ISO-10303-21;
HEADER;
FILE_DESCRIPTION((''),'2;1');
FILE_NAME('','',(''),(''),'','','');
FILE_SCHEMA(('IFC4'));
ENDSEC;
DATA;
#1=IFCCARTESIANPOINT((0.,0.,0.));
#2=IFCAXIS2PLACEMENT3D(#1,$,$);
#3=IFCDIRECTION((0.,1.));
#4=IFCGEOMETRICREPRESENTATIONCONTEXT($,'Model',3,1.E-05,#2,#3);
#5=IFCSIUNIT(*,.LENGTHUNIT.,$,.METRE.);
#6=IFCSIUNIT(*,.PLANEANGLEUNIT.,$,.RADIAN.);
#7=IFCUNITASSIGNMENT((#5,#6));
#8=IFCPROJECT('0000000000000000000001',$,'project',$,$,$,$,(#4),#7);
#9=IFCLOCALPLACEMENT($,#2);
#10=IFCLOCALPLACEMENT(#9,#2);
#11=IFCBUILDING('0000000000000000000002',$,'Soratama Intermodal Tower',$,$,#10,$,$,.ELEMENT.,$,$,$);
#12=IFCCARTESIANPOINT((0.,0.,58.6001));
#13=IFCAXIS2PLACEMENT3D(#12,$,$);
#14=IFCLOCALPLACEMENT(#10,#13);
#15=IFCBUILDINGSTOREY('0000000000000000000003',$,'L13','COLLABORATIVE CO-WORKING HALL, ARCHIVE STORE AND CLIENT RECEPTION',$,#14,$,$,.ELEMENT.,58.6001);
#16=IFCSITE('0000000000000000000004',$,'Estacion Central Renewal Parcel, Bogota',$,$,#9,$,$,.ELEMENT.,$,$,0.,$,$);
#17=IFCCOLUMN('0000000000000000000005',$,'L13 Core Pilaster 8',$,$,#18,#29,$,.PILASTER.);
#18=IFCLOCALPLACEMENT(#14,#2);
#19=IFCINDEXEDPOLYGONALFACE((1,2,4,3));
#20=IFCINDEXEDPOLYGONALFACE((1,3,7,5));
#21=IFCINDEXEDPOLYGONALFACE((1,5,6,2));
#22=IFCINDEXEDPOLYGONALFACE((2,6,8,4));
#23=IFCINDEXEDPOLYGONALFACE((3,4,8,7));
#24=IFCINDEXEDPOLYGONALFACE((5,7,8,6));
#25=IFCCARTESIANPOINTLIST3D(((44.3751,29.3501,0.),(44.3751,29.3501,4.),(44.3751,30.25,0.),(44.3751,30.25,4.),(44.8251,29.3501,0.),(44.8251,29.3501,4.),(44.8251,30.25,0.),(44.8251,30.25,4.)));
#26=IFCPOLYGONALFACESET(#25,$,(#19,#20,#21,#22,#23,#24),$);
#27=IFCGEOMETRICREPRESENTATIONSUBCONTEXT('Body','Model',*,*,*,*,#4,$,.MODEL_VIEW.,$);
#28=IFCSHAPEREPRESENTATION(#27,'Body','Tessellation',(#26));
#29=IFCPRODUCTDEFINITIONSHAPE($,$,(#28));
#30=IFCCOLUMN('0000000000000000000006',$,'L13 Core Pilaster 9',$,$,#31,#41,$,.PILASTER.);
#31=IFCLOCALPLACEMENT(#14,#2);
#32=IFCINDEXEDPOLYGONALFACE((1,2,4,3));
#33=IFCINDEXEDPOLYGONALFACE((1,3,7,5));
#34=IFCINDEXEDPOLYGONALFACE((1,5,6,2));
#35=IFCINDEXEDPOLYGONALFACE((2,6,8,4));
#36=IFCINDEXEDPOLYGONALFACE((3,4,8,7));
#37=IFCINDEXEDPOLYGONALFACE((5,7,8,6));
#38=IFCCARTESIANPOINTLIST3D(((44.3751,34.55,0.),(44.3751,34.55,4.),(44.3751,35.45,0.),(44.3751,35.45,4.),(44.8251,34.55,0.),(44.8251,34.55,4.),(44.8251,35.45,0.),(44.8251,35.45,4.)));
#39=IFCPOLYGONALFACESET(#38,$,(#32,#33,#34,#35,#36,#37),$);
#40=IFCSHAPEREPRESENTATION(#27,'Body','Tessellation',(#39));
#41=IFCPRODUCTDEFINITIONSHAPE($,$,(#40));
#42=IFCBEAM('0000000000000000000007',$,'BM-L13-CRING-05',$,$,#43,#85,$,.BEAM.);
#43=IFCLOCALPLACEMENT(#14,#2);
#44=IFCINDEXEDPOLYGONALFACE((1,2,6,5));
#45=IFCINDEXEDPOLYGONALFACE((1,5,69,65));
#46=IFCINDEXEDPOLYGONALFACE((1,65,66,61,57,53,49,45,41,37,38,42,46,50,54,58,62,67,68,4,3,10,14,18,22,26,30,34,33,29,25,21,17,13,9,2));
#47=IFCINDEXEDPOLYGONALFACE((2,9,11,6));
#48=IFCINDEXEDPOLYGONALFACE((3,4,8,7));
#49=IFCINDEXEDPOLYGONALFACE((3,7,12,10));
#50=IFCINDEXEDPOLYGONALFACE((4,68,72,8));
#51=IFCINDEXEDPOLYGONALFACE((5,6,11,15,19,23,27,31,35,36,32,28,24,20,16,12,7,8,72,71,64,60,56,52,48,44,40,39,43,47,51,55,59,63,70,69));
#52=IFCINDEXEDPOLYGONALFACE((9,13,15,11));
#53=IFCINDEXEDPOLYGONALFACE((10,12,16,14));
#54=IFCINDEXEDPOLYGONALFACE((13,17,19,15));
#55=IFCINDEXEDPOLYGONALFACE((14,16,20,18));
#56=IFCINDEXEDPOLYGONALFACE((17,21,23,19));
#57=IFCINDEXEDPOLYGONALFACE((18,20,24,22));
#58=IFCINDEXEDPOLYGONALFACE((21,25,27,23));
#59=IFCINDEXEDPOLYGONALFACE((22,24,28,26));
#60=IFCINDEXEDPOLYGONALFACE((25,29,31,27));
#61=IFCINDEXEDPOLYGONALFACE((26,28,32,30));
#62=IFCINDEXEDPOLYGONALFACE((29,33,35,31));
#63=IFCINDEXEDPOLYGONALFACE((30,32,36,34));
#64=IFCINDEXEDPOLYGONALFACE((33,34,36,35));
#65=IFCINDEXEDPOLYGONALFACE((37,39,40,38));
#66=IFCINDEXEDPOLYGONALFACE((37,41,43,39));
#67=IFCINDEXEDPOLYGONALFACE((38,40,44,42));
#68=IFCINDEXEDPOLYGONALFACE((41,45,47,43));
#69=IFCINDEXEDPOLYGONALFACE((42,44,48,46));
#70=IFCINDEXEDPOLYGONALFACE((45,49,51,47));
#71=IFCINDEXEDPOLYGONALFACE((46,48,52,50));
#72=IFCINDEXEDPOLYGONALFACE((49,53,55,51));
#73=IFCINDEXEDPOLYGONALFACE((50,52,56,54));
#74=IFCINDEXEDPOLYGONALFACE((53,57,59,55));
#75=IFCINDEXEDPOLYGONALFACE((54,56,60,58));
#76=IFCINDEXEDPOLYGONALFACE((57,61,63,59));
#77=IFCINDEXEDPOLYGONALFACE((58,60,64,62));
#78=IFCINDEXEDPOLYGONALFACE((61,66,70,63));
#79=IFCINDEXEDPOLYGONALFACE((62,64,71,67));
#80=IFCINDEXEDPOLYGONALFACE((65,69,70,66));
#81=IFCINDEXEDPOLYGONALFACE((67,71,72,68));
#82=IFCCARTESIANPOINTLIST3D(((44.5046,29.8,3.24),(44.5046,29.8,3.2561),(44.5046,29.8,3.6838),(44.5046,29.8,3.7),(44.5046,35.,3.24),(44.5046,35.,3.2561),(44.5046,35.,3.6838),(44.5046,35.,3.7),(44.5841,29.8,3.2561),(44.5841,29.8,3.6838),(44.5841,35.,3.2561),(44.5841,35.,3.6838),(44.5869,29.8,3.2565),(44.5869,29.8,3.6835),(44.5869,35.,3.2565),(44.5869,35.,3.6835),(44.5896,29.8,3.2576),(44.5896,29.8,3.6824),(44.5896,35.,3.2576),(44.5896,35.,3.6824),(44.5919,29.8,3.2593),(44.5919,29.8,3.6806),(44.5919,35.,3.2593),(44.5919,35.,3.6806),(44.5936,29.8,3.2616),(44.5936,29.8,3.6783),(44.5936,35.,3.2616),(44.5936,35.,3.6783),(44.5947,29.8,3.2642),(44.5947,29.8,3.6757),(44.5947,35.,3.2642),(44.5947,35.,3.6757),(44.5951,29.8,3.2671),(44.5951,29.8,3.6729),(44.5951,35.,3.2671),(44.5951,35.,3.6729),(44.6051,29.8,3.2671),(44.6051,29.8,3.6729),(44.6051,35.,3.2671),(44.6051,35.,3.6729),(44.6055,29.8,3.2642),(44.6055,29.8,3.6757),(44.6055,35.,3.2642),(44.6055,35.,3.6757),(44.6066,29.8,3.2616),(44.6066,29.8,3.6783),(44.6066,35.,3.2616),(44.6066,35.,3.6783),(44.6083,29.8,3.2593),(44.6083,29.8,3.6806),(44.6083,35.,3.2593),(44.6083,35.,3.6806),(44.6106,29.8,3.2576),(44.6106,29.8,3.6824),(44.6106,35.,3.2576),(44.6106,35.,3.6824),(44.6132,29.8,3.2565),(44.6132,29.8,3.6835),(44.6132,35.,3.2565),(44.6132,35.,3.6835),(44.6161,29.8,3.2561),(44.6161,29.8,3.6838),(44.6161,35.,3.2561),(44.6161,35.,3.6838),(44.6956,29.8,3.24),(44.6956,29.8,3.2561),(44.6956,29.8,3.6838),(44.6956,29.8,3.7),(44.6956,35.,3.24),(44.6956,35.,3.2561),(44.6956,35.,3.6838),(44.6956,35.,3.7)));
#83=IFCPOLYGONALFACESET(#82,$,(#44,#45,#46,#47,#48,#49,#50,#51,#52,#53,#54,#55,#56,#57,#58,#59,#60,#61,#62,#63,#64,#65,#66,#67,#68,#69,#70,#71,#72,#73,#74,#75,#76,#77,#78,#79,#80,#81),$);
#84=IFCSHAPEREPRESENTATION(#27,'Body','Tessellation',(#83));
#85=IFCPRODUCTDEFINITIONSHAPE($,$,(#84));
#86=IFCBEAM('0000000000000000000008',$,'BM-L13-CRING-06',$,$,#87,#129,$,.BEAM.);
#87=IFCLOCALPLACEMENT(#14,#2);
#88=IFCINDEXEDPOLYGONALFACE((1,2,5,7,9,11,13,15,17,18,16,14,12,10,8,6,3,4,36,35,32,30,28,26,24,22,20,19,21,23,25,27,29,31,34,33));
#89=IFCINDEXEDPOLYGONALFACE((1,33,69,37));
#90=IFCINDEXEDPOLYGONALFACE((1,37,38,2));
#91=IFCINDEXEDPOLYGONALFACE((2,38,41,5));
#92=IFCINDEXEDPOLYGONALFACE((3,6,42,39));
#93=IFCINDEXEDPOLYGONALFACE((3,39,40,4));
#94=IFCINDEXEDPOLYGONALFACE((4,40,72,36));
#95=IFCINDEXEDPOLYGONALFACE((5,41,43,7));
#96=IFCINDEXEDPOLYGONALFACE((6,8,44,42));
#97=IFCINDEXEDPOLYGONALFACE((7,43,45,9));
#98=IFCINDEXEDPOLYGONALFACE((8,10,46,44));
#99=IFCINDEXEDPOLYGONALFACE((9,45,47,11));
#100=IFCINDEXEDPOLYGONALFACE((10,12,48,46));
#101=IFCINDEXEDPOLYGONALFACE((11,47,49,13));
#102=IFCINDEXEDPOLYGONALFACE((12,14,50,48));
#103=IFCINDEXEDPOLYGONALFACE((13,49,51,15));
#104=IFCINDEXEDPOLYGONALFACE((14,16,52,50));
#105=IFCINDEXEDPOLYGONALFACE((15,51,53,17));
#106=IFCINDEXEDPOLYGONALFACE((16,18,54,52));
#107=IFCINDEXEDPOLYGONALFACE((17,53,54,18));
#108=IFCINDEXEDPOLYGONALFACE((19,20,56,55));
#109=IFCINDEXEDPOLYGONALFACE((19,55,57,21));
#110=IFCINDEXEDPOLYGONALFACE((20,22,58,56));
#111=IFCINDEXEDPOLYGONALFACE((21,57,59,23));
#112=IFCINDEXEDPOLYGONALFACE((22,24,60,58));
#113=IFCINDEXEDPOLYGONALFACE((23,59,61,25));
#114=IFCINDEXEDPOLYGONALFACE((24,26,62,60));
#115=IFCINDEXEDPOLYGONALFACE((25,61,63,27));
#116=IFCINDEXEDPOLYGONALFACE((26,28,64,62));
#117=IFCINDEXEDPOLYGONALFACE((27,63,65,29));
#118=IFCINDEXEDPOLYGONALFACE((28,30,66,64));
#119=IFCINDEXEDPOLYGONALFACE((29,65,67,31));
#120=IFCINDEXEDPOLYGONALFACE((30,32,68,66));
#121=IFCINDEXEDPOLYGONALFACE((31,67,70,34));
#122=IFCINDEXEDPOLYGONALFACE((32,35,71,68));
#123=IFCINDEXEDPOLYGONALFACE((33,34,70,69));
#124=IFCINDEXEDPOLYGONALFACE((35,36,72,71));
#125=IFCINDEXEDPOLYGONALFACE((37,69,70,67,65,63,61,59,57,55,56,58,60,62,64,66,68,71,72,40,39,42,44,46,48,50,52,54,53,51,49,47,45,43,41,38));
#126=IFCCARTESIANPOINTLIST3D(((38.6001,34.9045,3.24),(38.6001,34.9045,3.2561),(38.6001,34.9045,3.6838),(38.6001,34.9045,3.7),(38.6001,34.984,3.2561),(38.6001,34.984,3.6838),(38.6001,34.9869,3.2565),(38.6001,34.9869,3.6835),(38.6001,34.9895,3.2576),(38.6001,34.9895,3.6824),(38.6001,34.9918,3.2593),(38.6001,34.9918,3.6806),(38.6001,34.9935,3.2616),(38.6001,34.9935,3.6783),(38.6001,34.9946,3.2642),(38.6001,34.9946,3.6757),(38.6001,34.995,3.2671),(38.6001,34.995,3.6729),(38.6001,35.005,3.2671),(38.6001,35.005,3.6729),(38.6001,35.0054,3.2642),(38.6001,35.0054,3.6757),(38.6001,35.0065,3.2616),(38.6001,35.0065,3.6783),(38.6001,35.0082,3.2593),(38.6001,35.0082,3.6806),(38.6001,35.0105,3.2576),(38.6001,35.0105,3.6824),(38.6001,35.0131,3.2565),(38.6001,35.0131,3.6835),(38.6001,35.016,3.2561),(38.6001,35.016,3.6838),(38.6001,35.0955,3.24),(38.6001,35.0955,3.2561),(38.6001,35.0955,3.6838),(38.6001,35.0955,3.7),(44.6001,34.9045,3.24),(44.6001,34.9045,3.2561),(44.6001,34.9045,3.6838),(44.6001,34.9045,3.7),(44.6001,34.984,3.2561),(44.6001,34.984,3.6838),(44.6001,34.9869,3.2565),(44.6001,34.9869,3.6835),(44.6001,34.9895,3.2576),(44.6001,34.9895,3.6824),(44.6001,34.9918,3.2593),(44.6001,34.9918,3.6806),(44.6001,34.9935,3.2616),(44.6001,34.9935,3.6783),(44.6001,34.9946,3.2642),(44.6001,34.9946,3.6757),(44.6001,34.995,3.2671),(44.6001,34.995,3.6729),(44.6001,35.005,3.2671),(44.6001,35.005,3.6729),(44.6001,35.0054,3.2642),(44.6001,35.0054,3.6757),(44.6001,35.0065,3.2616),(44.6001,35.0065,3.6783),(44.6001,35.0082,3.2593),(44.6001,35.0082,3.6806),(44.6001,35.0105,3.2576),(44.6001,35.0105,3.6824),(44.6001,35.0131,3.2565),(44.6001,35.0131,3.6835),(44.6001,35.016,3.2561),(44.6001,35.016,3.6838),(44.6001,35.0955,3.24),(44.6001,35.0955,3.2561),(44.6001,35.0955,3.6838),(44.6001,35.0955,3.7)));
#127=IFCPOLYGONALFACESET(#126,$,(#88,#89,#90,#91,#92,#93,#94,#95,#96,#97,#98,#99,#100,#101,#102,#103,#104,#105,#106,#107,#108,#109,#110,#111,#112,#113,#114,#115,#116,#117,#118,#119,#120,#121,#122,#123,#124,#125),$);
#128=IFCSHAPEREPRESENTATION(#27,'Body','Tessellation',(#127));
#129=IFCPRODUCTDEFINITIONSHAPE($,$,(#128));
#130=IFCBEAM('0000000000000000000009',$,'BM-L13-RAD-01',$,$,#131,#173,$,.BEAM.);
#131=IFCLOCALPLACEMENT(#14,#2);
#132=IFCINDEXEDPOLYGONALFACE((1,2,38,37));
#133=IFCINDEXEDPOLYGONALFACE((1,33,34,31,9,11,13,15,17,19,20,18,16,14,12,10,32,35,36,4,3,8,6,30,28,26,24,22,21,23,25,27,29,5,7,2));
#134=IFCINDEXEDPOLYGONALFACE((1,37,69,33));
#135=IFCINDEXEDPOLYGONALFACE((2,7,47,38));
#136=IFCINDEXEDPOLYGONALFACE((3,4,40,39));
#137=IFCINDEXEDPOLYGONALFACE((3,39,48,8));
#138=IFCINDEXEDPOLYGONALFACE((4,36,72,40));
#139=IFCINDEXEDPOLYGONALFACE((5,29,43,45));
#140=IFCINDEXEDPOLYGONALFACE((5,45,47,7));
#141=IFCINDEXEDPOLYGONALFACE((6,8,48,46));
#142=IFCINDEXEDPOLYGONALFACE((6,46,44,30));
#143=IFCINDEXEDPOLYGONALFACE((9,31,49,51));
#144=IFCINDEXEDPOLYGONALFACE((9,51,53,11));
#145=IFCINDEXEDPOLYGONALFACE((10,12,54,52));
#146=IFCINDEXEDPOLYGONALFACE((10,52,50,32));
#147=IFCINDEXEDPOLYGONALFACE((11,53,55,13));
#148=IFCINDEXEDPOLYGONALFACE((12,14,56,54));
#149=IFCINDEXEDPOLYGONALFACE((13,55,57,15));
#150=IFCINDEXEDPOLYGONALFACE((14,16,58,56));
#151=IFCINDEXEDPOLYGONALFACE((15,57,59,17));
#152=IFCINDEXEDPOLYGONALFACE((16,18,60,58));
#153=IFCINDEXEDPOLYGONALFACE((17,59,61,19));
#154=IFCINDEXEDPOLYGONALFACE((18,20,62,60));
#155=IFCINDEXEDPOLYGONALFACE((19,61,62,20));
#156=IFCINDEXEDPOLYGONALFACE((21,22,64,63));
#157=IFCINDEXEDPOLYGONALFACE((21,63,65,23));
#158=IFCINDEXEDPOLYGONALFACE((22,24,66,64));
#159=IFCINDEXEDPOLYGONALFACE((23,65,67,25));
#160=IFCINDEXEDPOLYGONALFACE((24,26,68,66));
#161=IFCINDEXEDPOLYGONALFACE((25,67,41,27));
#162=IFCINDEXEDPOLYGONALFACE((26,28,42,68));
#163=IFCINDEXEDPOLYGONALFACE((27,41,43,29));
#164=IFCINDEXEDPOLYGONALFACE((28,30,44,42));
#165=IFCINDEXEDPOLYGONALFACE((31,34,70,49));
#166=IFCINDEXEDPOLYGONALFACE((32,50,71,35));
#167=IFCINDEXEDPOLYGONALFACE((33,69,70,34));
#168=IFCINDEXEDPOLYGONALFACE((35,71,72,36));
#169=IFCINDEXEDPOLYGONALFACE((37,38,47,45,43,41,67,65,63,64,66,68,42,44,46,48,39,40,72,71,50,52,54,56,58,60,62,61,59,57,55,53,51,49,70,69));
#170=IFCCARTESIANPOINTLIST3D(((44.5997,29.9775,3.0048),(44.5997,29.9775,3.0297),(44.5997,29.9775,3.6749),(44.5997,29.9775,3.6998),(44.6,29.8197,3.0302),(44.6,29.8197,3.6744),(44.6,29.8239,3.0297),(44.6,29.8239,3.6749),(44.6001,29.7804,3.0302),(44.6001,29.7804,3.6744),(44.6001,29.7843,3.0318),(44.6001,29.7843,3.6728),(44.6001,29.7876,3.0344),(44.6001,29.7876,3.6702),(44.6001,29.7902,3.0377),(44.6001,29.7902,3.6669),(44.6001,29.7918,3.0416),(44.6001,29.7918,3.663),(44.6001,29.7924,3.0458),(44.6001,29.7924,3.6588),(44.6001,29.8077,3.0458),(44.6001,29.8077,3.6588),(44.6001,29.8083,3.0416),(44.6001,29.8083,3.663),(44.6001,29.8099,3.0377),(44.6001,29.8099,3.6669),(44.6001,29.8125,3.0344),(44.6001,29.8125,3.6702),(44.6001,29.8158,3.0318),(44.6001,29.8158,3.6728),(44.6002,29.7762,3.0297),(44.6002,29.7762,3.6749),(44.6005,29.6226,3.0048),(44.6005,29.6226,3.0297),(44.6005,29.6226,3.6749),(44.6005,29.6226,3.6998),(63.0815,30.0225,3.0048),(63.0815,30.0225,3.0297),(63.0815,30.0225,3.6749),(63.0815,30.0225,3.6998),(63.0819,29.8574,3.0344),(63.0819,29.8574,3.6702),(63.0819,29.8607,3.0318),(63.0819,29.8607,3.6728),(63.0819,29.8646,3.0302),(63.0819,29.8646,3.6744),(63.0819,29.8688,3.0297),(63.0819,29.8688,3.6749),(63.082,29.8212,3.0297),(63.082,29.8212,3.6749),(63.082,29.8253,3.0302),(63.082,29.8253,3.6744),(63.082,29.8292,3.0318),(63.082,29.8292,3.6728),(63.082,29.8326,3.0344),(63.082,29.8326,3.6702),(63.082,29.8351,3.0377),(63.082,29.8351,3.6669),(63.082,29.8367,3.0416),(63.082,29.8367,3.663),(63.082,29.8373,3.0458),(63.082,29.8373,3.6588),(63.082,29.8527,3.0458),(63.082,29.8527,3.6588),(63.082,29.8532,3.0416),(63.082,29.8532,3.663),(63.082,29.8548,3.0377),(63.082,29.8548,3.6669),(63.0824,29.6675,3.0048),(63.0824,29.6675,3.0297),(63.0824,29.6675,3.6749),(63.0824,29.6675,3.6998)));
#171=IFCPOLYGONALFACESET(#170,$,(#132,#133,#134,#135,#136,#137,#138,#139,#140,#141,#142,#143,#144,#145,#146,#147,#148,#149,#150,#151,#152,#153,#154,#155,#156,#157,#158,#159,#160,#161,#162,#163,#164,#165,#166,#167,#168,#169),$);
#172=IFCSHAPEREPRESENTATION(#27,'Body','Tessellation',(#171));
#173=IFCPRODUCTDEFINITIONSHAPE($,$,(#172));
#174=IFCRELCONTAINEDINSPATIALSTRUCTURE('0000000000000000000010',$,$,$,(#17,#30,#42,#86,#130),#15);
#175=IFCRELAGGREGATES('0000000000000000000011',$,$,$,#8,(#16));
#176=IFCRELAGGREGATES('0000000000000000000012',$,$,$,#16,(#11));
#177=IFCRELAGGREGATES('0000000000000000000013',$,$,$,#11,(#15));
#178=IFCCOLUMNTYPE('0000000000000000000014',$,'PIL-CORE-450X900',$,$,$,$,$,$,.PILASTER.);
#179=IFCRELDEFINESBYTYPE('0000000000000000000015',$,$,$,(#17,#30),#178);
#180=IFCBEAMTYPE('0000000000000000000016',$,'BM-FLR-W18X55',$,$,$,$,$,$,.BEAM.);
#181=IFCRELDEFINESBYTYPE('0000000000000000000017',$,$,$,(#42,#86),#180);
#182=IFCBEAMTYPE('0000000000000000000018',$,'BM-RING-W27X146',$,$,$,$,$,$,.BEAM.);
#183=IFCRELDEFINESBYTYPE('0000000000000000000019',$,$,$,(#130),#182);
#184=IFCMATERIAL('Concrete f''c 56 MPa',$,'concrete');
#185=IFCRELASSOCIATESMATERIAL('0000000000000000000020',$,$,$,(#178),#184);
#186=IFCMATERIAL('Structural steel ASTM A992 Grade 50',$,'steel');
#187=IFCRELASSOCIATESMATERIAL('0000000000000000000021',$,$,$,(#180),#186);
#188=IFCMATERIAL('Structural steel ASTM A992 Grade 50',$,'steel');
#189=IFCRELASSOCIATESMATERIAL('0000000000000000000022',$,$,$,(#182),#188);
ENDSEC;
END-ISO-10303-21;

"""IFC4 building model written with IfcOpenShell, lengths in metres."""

from ifc_helpers import new_model, si_unit, direction, frame, origin, origin_2d, place, context, subcontext, project, spatial, rectangle, i_section, extrude, material, material_profile, profile_set, type_object, element, save


model = new_model("IFC4")

# Units and contexts
model_context = context("Model", 3, precision=1e-05, world=origin(), true_north=direction((0.0, 1.0)))
body_context = subcontext(model_context, "Body", "Model", "MODEL_VIEW")
ifc_project = project(units=[si_unit("LENGTHUNIT", "METRE"), si_unit("PLANEANGLEUNIT", "RADIAN")], contexts=[model_context])

# Site, building, storey
site_placement = place(None, origin())
site = spatial("IfcSite", under=ifc_project, at=site_placement, Name="Estacion Central Renewal Parcel, Bogota", CompositionType="ELEMENT", RefElevation=0.0)
building_placement = place(site_placement, origin())
building = spatial("IfcBuilding", under=site, at=building_placement, Name="Soratama Intermodal Tower", CompositionType="ELEMENT")
storey_placement = place(building_placement, frame((0.0, 0.0, 58.6001)))
storey = spatial("IfcBuildingStorey", under=building, at=storey_placement, Name="L13", Description="COLLABORATIVE CO-WORKING HALL, ARCHIVE STORE AND CLIENT RECEPTION", CompositionType="ELEMENT", Elevation=58.6001)

# Columns
ifc_material_1 = material(Name="Concrete f'c 56 MPa", Category="concrete")
ifc_material_profile_1 = material_profile(ifc_material_1, rectangle(XDim=0.45, YDim=0.8999, at=origin_2d()), Name="RC450X900")
ifc_profile_set_1 = profile_set([ifc_material_profile_1], Name="Concrete f'c 56 MPa")
column_type = type_object("IfcColumnType", Name="PIL-CORE-450X900", PredefinedType="PILASTER", material=ifc_profile_set_1)
for number, where, z_axis, x_axis, name in (
    (1, (44.6001, 29.8, 0.0), (0.0, 0.0, 1.0), (1.0, 0.0, 0.0), "L13 Core Pilaster 8"),
    (2, (44.6001, 35.0, 0.0), (0.0, 0.0, 1.0), (1.0, 0.0, 0.0), "L13 Core Pilaster 9"),
):
    element("IfcColumn", number, at=place(storey_placement, frame(where, z_axis=z_axis, x_axis=x_axis)), inside=storey, type_object=column_type, Name=name, PredefinedType="PILASTER", context=body_context, shape_type="SweptSolid", body=[
        extrude(rectangle(XDim=0.45, YDim=0.8999, at=origin_2d()), origin(), (0.0, 0.0, 1.0), 4.0),
    ])

# Beams
ifc_material_2 = material(Name="Structural steel ASTM A992 Grade 50", Category="steel")
ifc_material_profile_2 = material_profile(ifc_material_2, i_section(OverallWidth=0.1909, OverallDepth=0.46, WebThickness=0.01, FlangeThickness=0.0161, FilletRadius=0.011, at=origin_2d()), Name="W18X55")
ifc_profile_set_2 = profile_set([ifc_material_profile_2], Name="Structural steel ASTM A992 Grade 50")
beam_type_1 = type_object("IfcBeamType", Name="BM-FLR-W18X55", PredefinedType="BEAM", material=ifc_profile_set_2)
beam_1_placement = place(storey_placement, frame((44.6001, 29.8, 3.47), z_axis=(0.0, 1.0, 0.0), x_axis=(-1.0, 0.0, 0.0)))
element("IfcBeam", 3, at=beam_1_placement, inside=storey, type_object=beam_type_1, Name="BM-L13-CRING-05", PredefinedType="BEAM", context=body_context, shape_type="SweptSolid", body=[
    extrude(i_section(OverallWidth=0.1909, OverallDepth=0.46, WebThickness=0.01, FlangeThickness=0.0161, FilletRadius=0.011, at=origin_2d()), origin(), (0.0, 0.0, 1.0), 5.2),
])
beam_2_placement = place(storey_placement, frame((44.6001, 35.0, 3.47), z_axis=(-1.0, 0.0, 0.0), x_axis=(0.0, -1.0, 0.0)))
element("IfcBeam", 4, at=beam_2_placement, inside=storey, type_object=beam_type_1, Name="BM-L13-CRING-06", PredefinedType="BEAM", context=body_context, shape_type="SweptSolid", body=[
    extrude(i_section(OverallWidth=0.1909, OverallDepth=0.46, WebThickness=0.01, FlangeThickness=0.0161, FilletRadius=0.011, at=origin_2d()), origin(), (0.0, 0.0, 1.0), 6.0),
])
ifc_material_3 = material(Name="Structural steel ASTM A992 Grade 50", Category="steel")
ifc_material_profile_3 = material_profile(ifc_material_3, i_section(OverallWidth=0.355, OverallDepth=0.6951, WebThickness=0.0154, FlangeThickness=0.0249, FilletRadius=0.0161, at=origin_2d()), Name="W27X146")
ifc_profile_set_3 = profile_set([ifc_material_profile_3], Name="Structural steel ASTM A992 Grade 50")
beam_type_2 = type_object("IfcBeamType", Name="BM-RING-W27X146", PredefinedType="BEAM", material=ifc_profile_set_3)
beam_3_placement = place(storey_placement, frame((44.6001, 29.8, 3.3523), z_axis=(0.999997, 0.002431, 0.0), x_axis=(-0.002431, 0.999997, 0.0)))
element("IfcBeam", 5, at=beam_3_placement, inside=storey, type_object=beam_type_2, Name="BM-L13-RAD-01", PredefinedType="BEAM", context=body_context, shape_type="SweptSolid", body=[
    extrude(i_section(OverallWidth=0.355, OverallDepth=0.6951, WebThickness=0.0154, FlangeThickness=0.0249, FilletRadius=0.0161, at=origin_2d()), origin(), (0.0, 0.0, 1.0), 18.4819),
])

save(model, "model.ifc")
